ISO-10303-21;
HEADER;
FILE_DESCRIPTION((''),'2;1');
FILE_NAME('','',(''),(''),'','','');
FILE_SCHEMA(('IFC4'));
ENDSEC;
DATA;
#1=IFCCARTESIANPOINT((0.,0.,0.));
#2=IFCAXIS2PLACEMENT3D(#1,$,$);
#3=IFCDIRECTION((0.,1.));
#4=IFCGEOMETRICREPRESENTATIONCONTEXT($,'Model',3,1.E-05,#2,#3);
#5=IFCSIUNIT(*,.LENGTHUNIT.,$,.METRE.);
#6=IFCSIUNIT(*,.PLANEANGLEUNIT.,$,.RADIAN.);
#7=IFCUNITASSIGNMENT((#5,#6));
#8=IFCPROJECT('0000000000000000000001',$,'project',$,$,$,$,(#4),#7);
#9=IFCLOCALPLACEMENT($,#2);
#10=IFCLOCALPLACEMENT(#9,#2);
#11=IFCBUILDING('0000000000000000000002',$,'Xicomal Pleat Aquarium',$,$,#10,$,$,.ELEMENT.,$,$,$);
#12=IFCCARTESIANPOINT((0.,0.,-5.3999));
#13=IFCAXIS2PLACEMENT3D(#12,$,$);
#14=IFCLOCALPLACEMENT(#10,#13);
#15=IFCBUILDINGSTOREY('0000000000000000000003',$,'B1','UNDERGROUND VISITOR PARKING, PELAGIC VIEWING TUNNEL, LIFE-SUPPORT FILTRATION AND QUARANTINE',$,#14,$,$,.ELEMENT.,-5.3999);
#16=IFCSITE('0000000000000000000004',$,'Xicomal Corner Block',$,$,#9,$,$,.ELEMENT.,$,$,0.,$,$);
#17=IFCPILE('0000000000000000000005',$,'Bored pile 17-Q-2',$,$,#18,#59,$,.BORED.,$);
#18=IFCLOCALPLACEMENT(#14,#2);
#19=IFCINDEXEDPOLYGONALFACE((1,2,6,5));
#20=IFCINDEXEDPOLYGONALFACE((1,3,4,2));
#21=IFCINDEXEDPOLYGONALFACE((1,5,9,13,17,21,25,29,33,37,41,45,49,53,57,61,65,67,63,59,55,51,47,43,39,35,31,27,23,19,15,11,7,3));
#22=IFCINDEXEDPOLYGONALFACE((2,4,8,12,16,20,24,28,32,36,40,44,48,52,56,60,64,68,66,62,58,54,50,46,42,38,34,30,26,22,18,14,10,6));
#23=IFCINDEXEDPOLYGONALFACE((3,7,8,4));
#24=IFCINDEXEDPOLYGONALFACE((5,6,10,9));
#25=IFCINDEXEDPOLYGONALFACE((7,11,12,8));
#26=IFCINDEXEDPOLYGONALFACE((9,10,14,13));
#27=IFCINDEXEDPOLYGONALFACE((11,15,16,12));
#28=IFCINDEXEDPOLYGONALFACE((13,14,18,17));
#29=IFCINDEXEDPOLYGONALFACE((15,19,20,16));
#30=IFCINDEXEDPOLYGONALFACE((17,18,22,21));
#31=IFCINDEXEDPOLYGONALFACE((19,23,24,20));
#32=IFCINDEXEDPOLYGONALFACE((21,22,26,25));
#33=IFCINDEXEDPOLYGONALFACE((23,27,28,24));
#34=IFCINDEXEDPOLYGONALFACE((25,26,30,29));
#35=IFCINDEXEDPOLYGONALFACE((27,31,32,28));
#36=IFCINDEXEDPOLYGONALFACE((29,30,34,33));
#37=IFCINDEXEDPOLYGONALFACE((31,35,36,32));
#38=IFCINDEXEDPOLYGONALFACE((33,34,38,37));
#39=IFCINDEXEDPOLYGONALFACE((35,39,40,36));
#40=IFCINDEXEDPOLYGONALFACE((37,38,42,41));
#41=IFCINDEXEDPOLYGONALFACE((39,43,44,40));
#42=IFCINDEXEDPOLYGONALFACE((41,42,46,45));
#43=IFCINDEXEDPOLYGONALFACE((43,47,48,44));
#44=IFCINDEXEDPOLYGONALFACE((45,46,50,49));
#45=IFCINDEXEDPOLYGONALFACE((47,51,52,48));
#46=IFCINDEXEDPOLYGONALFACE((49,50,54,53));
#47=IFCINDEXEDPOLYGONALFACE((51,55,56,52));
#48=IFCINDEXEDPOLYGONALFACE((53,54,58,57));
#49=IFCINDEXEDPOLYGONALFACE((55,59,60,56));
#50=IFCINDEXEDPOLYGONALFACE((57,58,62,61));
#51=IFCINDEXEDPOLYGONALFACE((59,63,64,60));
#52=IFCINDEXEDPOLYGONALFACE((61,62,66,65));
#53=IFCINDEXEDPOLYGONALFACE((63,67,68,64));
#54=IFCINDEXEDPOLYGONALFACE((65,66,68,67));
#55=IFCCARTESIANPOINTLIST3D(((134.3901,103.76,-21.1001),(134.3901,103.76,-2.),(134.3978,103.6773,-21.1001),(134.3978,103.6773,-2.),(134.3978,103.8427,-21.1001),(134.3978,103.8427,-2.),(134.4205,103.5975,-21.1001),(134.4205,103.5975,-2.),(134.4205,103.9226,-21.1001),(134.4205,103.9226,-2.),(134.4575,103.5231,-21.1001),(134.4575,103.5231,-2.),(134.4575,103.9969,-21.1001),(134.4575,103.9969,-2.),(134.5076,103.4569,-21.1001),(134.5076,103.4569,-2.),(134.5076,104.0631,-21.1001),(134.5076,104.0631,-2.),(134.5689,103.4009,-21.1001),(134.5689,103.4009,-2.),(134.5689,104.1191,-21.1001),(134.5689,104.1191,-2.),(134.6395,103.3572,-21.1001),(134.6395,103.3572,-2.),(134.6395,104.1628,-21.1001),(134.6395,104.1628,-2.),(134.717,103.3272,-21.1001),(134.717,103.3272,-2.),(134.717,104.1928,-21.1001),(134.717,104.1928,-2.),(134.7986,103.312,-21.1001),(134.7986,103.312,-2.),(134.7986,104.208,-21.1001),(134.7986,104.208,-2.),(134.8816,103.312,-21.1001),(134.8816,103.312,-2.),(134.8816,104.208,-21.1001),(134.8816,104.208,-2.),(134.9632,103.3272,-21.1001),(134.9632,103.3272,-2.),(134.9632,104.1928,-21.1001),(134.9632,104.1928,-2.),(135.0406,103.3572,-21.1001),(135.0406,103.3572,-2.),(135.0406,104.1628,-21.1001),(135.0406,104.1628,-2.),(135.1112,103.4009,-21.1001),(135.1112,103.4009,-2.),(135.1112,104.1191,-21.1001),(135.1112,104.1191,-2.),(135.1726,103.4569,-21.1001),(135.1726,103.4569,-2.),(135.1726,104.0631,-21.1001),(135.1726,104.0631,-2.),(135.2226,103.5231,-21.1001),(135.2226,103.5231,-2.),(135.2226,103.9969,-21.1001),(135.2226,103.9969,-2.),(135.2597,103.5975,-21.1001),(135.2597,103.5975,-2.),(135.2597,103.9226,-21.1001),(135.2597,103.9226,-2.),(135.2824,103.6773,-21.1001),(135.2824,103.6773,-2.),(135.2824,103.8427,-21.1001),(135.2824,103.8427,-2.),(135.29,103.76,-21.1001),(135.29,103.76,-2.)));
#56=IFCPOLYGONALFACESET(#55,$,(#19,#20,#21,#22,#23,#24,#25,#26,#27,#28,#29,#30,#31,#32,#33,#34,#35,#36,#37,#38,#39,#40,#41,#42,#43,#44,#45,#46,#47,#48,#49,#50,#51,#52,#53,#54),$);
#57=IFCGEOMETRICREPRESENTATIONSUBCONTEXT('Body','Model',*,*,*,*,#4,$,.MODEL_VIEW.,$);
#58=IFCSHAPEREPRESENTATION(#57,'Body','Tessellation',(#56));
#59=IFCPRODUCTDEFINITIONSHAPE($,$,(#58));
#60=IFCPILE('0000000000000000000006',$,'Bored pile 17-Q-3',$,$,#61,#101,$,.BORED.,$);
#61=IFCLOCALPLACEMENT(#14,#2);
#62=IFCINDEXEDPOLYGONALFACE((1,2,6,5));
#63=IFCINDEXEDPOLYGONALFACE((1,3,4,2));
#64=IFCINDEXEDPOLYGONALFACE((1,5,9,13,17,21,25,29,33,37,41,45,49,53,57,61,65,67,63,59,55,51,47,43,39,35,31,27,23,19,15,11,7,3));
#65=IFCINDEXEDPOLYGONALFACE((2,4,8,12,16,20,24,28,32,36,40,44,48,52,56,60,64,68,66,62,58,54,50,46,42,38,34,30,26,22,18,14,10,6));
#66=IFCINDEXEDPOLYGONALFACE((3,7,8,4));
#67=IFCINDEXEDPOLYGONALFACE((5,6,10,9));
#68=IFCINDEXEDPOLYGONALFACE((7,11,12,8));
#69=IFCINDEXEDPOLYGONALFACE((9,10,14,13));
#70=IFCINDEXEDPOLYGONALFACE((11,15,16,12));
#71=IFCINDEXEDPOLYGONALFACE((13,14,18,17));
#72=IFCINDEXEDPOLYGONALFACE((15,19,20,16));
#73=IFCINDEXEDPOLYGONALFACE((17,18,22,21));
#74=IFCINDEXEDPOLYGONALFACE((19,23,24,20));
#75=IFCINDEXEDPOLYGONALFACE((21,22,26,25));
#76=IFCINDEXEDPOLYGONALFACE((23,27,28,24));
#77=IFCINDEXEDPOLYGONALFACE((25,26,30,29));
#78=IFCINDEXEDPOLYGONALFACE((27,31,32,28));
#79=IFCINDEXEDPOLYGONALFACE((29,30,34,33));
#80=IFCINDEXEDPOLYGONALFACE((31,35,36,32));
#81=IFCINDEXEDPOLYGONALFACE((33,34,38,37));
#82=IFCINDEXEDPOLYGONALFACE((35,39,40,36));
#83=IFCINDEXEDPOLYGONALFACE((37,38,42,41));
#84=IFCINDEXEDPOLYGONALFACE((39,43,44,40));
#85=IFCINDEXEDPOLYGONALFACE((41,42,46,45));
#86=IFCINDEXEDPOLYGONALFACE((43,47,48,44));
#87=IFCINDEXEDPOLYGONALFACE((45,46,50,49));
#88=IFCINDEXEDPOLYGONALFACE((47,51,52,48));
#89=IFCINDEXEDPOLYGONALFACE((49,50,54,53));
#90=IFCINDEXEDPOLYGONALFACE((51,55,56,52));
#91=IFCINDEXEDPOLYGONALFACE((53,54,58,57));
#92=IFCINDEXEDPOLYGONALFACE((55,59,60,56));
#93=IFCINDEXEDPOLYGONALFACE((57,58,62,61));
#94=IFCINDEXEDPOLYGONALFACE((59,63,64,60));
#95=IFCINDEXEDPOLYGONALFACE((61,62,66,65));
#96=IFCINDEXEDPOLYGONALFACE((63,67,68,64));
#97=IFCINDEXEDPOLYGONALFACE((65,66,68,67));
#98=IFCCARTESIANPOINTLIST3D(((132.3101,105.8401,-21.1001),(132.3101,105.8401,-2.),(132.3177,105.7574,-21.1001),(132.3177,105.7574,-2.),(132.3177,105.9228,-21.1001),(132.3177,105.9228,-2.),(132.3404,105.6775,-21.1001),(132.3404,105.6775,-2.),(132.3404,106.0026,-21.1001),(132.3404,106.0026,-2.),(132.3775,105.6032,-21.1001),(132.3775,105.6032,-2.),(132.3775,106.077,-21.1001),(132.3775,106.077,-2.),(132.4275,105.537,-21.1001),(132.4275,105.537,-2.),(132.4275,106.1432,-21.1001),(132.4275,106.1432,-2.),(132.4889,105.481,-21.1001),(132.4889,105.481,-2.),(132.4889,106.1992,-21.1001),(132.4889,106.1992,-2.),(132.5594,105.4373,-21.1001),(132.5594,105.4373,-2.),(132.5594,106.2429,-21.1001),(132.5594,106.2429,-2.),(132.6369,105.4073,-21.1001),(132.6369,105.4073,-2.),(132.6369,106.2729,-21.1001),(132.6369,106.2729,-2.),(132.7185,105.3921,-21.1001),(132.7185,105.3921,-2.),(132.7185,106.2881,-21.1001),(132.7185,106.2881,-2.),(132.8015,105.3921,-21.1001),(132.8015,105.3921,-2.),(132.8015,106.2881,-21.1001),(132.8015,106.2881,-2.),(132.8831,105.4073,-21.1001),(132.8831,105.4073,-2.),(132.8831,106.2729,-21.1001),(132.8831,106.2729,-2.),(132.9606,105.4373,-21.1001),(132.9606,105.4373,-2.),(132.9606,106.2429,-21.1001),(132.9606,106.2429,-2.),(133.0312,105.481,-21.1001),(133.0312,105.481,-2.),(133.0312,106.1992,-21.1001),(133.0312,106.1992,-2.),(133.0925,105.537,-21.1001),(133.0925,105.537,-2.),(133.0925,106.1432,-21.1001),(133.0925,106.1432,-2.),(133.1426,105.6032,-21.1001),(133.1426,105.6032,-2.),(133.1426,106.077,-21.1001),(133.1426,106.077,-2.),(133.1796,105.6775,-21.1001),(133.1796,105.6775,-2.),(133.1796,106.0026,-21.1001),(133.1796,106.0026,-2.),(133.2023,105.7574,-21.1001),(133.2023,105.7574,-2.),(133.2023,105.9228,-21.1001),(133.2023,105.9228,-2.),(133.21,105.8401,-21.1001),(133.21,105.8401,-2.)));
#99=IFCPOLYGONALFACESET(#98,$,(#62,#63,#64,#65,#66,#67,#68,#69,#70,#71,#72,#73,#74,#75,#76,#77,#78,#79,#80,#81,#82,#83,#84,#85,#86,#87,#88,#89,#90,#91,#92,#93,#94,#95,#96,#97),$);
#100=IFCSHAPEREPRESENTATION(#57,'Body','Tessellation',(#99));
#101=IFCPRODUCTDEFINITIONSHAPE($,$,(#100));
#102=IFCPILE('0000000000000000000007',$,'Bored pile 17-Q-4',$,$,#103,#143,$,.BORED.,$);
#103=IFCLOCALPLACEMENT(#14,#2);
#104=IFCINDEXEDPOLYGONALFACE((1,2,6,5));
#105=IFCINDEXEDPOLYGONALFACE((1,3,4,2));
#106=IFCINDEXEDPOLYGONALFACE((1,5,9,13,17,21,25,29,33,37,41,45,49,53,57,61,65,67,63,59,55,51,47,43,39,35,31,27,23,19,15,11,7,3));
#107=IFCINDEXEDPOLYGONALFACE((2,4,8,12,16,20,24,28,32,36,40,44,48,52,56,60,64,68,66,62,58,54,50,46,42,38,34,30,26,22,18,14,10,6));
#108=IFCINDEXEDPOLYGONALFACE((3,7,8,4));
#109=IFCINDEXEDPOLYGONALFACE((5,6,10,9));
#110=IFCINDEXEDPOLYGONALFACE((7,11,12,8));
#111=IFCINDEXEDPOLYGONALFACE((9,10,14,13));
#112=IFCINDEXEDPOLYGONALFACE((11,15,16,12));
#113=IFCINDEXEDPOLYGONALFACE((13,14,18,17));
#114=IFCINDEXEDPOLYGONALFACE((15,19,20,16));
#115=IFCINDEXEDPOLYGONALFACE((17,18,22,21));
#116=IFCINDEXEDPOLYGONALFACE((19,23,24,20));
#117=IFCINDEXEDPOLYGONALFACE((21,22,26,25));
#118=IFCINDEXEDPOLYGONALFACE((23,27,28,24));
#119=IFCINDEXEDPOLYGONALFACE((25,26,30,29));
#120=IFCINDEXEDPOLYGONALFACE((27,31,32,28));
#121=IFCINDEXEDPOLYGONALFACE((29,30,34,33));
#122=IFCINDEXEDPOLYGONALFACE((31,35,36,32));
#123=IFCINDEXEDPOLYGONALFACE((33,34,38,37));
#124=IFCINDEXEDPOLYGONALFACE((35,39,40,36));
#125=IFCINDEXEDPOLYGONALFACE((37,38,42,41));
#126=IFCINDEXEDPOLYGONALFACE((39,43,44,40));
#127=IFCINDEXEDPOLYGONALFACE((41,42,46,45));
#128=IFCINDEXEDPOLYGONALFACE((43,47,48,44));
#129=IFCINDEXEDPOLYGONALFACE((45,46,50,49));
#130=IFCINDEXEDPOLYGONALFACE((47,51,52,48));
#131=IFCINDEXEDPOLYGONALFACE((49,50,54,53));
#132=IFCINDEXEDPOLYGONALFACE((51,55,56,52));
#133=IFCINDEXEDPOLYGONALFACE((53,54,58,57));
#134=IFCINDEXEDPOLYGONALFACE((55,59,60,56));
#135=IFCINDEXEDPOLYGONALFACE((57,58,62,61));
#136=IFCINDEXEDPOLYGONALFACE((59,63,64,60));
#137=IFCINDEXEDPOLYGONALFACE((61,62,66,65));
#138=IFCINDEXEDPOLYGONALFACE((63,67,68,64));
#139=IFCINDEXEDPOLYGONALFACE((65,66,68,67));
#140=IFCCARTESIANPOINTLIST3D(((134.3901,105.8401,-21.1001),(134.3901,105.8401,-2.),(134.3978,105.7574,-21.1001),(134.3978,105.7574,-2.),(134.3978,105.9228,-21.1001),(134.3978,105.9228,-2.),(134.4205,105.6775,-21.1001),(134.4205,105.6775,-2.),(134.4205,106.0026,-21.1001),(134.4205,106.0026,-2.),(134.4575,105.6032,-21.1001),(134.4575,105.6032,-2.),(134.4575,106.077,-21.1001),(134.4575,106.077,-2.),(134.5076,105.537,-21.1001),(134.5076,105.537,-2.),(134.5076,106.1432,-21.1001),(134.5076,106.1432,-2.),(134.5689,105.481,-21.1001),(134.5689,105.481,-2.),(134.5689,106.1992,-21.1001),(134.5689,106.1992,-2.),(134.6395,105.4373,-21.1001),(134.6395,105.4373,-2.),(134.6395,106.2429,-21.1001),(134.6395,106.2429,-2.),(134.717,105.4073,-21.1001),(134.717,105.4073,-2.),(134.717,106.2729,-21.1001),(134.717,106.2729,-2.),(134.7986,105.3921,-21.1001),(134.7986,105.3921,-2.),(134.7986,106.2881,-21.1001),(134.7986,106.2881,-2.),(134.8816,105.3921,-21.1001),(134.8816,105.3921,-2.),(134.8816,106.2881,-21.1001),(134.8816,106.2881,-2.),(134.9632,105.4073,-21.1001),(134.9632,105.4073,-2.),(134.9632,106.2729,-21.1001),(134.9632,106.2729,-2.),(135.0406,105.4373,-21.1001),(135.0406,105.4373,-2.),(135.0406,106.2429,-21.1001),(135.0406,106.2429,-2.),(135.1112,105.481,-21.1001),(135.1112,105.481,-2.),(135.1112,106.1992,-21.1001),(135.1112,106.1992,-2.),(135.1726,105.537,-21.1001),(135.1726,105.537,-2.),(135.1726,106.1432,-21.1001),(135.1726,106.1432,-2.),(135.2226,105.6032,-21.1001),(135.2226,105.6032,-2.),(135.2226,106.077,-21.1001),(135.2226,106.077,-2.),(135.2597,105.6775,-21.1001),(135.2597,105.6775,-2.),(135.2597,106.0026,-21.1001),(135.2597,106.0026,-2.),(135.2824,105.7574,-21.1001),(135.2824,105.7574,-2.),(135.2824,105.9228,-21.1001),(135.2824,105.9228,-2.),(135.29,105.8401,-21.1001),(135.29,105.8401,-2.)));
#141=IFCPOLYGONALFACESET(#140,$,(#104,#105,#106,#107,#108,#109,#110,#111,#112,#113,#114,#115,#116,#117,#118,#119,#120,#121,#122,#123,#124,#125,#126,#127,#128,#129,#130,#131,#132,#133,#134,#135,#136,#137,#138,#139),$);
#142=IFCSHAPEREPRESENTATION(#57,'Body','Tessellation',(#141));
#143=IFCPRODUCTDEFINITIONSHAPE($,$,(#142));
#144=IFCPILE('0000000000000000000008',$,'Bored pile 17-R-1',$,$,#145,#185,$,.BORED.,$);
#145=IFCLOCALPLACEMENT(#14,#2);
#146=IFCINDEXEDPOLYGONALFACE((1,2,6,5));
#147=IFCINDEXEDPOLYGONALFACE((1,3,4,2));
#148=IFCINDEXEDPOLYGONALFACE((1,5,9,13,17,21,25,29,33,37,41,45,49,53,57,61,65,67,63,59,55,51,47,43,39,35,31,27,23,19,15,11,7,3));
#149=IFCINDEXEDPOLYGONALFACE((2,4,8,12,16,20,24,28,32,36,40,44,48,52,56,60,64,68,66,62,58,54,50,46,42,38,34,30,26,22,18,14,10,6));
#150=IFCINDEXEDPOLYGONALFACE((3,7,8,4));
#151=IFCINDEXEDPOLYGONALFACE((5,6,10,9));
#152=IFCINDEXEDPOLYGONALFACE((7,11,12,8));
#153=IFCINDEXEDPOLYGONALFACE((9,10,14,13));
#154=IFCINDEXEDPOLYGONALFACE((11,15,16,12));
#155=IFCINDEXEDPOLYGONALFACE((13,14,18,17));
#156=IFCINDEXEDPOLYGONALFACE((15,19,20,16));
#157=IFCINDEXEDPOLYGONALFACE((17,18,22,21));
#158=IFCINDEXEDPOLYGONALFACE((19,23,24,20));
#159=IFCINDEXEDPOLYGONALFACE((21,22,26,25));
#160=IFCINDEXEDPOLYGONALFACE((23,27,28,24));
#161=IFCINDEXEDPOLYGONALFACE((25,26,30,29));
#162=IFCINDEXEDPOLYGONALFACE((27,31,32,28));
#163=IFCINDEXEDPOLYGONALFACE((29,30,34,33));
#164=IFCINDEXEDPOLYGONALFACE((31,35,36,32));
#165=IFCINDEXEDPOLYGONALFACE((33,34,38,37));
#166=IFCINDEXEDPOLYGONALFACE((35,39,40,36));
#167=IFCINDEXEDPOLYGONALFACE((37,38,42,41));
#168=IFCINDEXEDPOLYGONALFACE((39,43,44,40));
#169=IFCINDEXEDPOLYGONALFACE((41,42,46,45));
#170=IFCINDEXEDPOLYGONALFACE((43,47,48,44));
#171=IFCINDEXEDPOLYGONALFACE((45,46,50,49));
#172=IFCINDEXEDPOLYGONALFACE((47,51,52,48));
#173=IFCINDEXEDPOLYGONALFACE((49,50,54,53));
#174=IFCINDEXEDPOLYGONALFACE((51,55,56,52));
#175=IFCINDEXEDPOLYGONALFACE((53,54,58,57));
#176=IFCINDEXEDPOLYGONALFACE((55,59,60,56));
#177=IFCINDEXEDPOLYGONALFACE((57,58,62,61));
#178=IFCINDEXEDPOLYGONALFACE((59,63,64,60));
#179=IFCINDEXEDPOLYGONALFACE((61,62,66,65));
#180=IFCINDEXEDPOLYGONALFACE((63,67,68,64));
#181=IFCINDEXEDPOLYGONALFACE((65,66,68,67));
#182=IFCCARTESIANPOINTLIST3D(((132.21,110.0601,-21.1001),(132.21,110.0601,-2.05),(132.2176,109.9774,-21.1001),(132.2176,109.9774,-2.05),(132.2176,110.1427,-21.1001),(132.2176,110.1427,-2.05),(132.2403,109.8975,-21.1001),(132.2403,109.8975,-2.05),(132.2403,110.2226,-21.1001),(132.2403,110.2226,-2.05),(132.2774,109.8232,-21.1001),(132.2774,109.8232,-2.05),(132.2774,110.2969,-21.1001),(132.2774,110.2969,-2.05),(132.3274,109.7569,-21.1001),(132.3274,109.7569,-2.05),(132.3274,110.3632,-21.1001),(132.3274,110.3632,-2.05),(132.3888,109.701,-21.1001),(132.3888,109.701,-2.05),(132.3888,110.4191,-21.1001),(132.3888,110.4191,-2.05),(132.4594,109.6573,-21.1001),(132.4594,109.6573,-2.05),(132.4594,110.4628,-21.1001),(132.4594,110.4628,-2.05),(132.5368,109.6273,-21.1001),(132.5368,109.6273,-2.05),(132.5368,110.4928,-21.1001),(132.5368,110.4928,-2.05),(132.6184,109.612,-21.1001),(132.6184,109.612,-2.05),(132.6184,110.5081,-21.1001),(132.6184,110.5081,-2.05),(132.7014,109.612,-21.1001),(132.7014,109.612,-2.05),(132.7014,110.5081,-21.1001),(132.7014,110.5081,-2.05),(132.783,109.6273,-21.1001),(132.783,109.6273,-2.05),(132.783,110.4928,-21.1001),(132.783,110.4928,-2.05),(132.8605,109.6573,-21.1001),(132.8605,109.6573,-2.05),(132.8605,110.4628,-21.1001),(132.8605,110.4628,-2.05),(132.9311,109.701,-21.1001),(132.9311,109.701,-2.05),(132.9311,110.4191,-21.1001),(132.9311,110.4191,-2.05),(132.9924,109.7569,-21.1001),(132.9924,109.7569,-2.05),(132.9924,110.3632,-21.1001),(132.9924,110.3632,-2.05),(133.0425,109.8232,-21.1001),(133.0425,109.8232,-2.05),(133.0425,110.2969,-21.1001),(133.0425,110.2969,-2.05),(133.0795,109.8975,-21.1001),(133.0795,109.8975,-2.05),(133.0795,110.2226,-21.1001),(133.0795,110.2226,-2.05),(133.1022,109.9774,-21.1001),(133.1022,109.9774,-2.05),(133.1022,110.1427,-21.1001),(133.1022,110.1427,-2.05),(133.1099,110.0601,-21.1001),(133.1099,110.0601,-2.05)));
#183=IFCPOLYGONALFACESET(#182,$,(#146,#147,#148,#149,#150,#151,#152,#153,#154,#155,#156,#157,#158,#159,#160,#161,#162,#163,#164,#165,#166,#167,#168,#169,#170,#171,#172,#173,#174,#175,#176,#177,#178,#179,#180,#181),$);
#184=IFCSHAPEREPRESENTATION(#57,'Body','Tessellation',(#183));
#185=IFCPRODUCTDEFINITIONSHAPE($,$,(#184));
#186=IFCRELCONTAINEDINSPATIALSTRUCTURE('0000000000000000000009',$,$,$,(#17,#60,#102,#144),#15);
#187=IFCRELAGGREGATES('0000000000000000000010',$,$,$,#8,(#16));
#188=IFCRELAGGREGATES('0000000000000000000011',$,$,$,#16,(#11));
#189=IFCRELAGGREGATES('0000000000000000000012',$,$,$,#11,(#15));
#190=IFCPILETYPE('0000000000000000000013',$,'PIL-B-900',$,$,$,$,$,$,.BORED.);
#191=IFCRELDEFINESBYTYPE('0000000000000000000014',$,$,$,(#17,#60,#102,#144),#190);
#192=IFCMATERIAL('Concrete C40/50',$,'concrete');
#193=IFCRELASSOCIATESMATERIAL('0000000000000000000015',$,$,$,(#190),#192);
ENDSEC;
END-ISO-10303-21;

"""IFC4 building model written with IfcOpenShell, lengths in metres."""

from ifc_helpers import new_model, si_unit, direction, frame, origin, origin_2d, place, context, subcontext, project, spatial, circle, extrude, material, material_profile, profile_set, type_object, element, save


model = new_model("IFC4")

# Units and contexts
model_context = context("Model", 3, precision=1e-05, world=origin(), true_north=direction((0.0, 1.0)))
body_context = subcontext(model_context, "Body", "Model", "MODEL_VIEW")
ifc_project = project(units=[si_unit("LENGTHUNIT", "METRE"), si_unit("PLANEANGLEUNIT", "RADIAN")], contexts=[model_context])

# Site, building, storey
site_placement = place(None, origin())
site = spatial("IfcSite", under=ifc_project, at=site_placement, Name="Xicomal Corner Block", CompositionType="ELEMENT", RefElevation=0.0)
building_placement = place(site_placement, origin())
building = spatial("IfcBuilding", under=site, at=building_placement, Name="Xicomal Pleat Aquarium", CompositionType="ELEMENT")
storey_placement = place(building_placement, frame((0.0, 0.0, -5.3999)))
storey = spatial("IfcBuildingStorey", under=building, at=storey_placement, Name="B1", Description="UNDERGROUND VISITOR PARKING, PELAGIC VIEWING TUNNEL, LIFE-SUPPORT FILTRATION AND QUARANTINE", CompositionType="ELEMENT", Elevation=-5.3999)

# Piles
ifc_material_1 = material(Name="Concrete C40/50", Category="concrete")
ifc_material_profile_1 = material_profile(ifc_material_1, circle(Radius=0.45, at=origin_2d()), Name="BORED PILE D900")
ifc_profile_set_1 = profile_set([ifc_material_profile_1], Name="Concrete C40/50")
pile_type_1 = type_object("IfcPileType", Name="PIL-B-900", PredefinedType="BORED", material=ifc_profile_set_1)
for number, where, z_axis, x_axis, name in (
    (1, (134.8401, 103.76, -2.0), (0.0, 0.0, -1.0), (1.0, 0.0, 0.0), "Bored pile 17-Q-2"),
    (2, (132.76, 105.8401, -2.0), (0.0, 0.0, -1.0), (1.0, 0.0, 0.0), "Bored pile 17-Q-3"),
    (3, (134.8401, 105.8401, -2.0), (0.0, 0.0, -1.0), (1.0, 0.0, 0.0), "Bored pile 17-Q-4"),
):
    element("IfcPile", number, at=place(storey_placement, frame(where, z_axis=z_axis, x_axis=x_axis)), inside=storey, type_object=pile_type_1, Name=name, PredefinedType="BORED", context=body_context, shape_type="SweptSolid", body=[
        extrude(circle(Radius=0.45, at=origin_2d()), origin(), (0.0, 0.0, 1.0), 19.1001),
    ])
for number, where, z_axis, x_axis, name in (
    (4, (132.6599, 110.0601, -2.05), (0.0, 0.0, -1.0), (1.0, 0.0, 0.0), "Bored pile 17-R-1"),
):
    element("IfcPile", number, at=place(storey_placement, frame(where, z_axis=z_axis, x_axis=x_axis)), inside=storey, type_object=pile_type_1, Name=name, PredefinedType="BORED", context=body_context, shape_type="SweptSolid", body=[
        extrude(circle(Radius=0.45, at=origin_2d()), origin(), (0.0, 0.0, 1.0), 19.05),
    ])

save(model, "model.ifc")
